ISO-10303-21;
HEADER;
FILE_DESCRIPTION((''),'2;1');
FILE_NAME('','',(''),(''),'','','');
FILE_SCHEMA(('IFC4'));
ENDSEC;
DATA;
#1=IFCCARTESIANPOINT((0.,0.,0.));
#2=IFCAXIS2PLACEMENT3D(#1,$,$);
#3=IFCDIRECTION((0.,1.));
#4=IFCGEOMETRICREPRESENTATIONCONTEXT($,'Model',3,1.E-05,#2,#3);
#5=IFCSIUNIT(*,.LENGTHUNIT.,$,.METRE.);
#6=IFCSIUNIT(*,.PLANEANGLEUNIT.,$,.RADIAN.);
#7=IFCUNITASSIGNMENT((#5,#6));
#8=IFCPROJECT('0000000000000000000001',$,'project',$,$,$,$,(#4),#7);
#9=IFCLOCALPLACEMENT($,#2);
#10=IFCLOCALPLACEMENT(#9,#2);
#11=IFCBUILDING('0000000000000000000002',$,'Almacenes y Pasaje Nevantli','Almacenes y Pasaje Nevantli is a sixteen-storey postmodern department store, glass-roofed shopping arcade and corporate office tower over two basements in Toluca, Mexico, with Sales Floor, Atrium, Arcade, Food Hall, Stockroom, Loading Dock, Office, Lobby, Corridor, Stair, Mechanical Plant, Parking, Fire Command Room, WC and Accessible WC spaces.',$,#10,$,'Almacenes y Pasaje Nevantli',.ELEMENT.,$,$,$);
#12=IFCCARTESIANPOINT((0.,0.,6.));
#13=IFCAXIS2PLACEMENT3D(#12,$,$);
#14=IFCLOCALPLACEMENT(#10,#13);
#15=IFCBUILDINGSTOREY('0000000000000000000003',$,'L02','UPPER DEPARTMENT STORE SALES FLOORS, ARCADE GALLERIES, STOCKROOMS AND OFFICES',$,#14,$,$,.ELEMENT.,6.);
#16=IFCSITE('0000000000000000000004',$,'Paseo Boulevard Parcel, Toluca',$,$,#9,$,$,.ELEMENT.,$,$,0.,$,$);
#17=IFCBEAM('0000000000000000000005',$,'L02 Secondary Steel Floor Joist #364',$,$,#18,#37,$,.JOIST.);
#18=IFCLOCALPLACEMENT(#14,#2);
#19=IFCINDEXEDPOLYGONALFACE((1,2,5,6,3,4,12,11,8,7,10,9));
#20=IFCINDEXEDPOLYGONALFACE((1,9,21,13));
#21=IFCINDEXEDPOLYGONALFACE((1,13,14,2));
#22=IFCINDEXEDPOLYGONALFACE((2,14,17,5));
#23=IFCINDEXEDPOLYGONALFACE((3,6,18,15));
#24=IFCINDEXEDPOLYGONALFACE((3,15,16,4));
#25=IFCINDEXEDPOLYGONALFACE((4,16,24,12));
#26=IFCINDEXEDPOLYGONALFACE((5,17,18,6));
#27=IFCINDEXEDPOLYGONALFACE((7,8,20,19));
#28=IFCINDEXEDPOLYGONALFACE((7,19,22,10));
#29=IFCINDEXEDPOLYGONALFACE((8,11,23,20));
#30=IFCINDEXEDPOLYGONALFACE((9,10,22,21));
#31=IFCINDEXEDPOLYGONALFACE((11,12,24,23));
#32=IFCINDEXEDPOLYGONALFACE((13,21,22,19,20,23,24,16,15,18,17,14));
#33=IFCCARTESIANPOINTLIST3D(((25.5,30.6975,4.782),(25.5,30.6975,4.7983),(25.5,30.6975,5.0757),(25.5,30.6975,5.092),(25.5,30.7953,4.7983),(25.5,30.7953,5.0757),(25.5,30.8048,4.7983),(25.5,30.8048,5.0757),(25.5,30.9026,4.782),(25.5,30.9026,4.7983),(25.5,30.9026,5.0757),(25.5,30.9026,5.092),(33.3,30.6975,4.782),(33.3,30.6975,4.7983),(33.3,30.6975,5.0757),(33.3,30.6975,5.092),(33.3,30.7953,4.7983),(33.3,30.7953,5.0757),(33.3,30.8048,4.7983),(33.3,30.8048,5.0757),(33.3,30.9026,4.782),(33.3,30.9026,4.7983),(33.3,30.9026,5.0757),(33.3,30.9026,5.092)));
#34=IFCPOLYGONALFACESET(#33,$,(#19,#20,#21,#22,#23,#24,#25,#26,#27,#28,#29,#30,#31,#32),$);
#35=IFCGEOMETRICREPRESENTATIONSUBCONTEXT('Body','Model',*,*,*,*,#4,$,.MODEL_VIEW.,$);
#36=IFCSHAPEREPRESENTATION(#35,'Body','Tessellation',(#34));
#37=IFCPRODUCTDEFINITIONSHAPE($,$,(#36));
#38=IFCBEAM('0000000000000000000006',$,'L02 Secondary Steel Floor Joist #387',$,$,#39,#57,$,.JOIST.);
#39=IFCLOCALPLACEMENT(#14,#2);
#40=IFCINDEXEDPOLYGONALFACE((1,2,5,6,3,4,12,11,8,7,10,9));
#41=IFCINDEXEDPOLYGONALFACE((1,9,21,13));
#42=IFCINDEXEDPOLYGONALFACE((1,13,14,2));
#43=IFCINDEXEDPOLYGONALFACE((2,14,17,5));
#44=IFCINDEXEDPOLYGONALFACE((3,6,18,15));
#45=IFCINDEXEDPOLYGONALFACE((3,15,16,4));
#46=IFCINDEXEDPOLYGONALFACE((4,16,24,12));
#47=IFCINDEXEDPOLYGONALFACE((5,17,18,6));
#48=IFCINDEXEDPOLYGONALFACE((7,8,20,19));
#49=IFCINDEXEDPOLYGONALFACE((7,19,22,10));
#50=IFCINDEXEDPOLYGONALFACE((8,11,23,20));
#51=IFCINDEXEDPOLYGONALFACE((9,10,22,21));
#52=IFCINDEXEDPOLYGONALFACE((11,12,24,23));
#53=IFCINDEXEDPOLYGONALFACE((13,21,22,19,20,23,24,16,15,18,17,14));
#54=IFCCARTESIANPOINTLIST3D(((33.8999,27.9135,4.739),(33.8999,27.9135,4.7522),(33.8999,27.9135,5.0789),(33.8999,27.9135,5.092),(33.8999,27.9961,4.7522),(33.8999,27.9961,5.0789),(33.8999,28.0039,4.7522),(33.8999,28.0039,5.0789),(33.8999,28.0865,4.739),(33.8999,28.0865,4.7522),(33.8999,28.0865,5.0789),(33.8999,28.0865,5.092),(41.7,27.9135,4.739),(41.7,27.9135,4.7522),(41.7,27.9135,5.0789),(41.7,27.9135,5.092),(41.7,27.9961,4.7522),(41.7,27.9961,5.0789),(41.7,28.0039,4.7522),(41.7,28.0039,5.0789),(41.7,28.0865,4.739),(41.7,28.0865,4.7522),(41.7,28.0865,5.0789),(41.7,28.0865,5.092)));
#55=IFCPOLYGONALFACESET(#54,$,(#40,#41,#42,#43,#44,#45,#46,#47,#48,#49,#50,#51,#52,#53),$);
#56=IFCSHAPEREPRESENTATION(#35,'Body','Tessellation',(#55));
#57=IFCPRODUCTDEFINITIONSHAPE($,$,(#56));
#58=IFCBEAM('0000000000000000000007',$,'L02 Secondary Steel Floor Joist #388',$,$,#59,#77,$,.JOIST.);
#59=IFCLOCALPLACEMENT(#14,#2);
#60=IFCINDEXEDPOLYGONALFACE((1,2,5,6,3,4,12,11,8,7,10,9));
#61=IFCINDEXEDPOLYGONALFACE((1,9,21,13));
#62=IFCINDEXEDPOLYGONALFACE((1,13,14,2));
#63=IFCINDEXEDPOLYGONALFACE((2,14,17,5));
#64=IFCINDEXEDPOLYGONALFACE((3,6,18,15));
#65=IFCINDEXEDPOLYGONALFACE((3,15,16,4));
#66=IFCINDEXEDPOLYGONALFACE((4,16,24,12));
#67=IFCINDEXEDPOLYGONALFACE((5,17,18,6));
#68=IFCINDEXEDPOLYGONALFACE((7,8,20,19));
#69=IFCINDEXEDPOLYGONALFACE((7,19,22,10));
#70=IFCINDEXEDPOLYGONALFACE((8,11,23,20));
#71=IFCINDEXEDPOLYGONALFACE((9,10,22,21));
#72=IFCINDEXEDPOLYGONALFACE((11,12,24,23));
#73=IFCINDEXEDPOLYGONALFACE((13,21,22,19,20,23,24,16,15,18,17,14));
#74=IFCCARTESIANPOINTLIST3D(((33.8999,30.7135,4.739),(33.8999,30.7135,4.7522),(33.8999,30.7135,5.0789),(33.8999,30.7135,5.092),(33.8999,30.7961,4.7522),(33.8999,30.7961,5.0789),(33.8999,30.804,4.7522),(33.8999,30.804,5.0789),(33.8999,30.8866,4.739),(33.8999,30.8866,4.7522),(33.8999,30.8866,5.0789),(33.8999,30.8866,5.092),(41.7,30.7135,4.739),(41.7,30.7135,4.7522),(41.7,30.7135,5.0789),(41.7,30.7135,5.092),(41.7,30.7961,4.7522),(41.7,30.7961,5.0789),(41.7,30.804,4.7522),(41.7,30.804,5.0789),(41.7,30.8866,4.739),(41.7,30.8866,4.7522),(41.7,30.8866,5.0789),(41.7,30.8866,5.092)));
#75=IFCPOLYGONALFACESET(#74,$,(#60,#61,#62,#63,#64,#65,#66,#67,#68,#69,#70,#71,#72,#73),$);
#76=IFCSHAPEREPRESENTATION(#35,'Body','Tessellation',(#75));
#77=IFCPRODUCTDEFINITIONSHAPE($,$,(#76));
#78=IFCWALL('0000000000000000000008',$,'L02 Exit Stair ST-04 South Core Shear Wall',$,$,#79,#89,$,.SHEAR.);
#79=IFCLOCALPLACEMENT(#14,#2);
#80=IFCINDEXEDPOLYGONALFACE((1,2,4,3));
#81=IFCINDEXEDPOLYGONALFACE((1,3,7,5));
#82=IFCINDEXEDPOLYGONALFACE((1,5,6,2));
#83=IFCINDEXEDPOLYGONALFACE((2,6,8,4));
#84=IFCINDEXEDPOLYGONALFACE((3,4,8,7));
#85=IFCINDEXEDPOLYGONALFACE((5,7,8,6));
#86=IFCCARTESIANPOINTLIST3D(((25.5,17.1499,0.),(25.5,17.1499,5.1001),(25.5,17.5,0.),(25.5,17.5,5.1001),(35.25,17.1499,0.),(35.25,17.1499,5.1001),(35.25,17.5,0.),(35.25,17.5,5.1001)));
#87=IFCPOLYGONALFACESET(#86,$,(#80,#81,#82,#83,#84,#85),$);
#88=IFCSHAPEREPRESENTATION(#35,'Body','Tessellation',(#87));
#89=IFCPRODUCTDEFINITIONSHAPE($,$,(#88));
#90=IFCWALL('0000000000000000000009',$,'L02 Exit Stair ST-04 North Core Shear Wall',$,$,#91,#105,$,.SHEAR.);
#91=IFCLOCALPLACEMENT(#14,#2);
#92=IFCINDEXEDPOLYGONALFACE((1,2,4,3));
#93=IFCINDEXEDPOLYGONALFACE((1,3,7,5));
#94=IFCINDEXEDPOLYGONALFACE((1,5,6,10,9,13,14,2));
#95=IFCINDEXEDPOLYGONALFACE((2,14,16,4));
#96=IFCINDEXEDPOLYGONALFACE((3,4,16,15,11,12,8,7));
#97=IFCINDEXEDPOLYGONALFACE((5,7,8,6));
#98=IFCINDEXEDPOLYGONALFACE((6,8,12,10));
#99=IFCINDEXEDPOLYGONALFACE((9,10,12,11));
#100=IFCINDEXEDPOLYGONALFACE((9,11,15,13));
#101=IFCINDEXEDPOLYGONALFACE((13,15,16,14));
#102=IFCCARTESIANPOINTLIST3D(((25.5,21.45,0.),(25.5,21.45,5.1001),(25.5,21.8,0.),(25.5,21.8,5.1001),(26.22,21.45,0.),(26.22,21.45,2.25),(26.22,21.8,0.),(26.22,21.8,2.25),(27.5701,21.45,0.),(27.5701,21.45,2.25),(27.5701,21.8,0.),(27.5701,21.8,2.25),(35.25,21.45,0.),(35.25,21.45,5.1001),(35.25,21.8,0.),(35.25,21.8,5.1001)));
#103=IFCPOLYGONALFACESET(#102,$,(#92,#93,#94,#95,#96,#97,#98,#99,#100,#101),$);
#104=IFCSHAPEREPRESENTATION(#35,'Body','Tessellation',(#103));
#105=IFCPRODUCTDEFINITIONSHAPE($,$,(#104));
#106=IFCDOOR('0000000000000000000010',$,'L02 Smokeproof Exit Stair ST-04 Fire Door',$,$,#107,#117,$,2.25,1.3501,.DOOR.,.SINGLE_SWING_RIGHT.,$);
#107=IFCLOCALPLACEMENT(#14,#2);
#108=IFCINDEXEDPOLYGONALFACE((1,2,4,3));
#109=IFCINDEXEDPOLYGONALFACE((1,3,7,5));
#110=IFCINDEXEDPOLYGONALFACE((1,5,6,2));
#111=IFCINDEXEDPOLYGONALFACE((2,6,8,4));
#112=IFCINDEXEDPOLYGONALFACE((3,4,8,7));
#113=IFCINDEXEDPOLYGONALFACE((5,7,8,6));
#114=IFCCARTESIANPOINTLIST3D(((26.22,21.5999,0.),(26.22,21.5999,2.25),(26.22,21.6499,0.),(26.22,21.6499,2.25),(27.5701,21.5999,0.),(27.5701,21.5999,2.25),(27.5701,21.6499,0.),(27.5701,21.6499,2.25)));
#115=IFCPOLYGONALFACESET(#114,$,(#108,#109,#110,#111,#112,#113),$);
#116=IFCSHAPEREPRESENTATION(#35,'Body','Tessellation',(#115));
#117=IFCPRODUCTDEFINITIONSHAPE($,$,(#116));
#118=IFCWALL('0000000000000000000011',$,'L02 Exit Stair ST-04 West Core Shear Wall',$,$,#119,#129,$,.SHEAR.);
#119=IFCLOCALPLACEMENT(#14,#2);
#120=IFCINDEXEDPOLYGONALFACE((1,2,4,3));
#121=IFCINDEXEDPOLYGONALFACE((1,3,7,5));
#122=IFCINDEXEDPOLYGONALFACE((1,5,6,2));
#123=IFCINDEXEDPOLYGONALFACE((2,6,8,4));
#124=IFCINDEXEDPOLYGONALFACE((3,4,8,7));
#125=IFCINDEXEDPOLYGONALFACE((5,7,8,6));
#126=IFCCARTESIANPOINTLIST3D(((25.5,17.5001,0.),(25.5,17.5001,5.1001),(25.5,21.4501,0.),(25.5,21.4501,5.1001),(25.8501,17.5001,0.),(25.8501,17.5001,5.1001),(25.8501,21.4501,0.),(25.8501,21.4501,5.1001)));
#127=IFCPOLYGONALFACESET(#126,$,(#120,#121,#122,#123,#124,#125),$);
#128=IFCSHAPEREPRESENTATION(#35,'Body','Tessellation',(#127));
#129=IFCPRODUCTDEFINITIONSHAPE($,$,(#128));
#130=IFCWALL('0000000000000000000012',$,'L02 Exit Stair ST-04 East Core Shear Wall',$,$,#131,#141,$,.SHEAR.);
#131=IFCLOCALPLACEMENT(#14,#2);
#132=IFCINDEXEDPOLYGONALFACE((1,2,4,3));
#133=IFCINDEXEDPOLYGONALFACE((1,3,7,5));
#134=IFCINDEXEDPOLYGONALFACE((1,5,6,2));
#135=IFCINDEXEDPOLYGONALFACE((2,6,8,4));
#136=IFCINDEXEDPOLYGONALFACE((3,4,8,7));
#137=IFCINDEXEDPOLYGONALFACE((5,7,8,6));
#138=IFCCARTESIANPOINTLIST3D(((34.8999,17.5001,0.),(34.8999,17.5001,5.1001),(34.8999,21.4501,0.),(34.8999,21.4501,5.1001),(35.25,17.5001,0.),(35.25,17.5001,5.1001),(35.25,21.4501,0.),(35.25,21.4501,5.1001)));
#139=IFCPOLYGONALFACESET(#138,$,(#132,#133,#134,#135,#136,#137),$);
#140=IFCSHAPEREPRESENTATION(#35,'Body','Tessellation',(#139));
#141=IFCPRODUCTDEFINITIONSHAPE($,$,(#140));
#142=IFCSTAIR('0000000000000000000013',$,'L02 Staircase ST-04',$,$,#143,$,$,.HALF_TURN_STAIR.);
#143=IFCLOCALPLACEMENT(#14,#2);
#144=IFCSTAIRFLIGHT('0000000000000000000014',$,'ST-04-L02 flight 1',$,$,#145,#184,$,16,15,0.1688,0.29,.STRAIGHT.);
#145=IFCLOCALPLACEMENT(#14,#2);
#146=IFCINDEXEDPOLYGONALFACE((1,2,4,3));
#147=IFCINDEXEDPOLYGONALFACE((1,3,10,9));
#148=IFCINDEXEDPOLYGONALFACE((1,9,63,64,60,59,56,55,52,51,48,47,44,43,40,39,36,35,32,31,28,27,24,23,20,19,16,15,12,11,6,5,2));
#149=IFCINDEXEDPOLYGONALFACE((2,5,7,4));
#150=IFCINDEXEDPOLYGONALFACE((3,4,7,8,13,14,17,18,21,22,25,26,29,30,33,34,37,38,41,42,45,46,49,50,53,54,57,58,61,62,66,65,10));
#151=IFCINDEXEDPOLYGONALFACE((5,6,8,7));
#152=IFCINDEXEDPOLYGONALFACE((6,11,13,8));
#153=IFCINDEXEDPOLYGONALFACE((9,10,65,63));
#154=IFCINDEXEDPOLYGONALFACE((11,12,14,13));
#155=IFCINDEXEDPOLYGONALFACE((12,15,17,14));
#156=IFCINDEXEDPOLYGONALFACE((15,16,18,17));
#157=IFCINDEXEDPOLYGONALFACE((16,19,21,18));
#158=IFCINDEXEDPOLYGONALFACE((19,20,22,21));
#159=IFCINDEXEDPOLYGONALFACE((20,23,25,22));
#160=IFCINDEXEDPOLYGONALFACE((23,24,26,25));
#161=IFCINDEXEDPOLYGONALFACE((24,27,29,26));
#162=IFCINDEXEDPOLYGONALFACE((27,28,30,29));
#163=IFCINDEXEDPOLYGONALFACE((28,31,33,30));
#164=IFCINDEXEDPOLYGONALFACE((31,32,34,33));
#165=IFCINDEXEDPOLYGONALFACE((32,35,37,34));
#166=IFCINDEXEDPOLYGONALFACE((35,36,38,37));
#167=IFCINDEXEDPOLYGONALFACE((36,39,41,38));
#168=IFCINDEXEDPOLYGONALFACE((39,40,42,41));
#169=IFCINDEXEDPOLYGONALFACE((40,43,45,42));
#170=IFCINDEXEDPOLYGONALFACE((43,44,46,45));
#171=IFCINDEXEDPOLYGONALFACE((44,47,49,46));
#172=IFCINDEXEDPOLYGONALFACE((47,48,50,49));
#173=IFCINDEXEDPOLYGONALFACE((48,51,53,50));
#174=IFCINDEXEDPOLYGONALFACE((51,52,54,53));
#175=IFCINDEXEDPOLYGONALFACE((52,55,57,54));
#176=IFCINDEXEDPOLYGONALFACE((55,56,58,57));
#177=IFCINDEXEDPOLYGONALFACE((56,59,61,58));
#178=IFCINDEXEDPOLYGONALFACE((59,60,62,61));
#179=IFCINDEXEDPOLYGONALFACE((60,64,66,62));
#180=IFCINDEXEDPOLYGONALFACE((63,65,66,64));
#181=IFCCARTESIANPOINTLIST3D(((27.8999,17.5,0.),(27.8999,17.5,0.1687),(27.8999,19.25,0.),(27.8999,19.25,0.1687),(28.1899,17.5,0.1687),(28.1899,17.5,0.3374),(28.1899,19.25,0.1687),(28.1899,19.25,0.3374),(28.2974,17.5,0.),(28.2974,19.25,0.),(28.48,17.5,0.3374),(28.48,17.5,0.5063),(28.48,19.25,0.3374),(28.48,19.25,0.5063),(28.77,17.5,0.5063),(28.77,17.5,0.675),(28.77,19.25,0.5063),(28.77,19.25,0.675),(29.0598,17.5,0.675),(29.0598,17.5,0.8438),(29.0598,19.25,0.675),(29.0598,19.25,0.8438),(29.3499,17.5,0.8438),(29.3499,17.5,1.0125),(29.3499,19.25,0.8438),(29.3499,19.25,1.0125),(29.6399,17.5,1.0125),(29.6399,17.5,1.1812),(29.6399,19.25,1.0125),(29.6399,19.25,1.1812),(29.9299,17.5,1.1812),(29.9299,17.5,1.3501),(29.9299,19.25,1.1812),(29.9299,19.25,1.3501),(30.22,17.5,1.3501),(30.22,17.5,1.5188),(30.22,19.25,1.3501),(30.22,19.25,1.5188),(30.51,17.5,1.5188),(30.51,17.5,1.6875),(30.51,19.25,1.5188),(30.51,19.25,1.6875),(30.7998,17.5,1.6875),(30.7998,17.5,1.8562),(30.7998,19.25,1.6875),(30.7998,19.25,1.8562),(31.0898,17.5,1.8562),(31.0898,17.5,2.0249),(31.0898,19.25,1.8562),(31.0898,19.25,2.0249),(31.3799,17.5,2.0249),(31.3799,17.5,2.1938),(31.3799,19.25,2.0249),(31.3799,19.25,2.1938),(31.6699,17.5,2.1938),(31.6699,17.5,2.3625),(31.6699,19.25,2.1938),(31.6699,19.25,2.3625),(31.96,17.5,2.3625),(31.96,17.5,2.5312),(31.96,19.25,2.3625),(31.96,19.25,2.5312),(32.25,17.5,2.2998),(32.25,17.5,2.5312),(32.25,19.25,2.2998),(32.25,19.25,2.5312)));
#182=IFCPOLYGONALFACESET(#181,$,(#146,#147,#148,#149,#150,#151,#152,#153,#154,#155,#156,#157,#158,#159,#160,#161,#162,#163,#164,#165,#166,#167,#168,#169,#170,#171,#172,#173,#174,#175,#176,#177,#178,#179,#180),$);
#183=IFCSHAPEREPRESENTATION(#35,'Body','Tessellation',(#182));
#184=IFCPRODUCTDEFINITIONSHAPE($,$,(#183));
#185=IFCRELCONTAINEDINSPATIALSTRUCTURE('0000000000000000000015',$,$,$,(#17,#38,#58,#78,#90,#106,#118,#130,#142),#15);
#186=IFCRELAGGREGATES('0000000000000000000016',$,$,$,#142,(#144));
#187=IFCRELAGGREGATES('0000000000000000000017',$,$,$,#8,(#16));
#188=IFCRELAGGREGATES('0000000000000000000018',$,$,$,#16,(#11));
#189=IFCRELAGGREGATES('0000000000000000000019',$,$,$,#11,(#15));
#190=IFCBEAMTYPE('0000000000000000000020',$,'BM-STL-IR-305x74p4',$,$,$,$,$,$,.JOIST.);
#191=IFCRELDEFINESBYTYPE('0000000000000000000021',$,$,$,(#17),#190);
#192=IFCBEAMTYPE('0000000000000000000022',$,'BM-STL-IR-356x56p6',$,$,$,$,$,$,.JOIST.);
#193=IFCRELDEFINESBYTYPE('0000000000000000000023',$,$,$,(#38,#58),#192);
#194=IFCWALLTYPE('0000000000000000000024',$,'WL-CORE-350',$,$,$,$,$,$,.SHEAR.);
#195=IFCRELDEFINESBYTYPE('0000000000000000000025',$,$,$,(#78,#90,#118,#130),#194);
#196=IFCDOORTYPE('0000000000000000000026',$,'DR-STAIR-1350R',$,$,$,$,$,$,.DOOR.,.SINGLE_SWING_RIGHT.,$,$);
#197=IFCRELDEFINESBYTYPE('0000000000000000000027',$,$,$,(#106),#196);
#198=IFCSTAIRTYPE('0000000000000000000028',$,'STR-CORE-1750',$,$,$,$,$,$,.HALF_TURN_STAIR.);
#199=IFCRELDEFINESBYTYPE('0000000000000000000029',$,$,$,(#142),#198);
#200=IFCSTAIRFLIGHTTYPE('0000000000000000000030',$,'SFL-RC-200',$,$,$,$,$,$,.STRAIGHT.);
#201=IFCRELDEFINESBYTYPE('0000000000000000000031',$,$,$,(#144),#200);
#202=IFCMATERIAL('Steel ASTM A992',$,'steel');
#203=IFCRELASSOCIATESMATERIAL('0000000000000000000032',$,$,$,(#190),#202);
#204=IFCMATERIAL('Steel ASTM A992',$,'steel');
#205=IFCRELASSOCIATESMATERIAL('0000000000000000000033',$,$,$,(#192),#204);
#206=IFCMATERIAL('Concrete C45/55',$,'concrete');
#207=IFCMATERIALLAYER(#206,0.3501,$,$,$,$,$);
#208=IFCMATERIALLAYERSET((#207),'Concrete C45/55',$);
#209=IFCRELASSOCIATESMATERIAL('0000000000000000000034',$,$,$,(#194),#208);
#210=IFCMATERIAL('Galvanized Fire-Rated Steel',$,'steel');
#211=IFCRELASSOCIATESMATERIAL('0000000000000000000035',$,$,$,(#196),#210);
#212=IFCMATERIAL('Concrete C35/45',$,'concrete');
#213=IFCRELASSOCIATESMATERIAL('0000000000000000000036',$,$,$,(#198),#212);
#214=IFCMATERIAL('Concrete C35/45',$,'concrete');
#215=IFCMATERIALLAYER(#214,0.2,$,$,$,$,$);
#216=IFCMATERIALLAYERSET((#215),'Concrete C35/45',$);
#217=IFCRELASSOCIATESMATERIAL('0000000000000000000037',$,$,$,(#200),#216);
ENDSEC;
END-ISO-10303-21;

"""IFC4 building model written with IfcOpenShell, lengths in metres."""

from ifc_helpers import new_model, si_unit, direction, frame, frame_2d, origin, origin_2d, place, context, subcontext, project, spatial, polyline, rectangle, i_section, outline, extrude, material, layer, layer_set, material_profile, profile_set, type_object, element, fill, aggregate, save


model = new_model("IFC4")

# Units and contexts
model_context = context("Model", 3, precision=1e-05, world=origin(), true_north=direction((0.0, 1.0)))
body_context = subcontext(model_context, "Body", "Model", "MODEL_VIEW")
ifc_project = project(units=[si_unit("LENGTHUNIT", "METRE"), si_unit("PLANEANGLEUNIT", "RADIAN")], contexts=[model_context])

# Site, building, storey
site_placement = place(None, origin())
site = spatial("IfcSite", under=ifc_project, at=site_placement, Name="Paseo Boulevard Parcel, Toluca", CompositionType="ELEMENT", RefElevation=0.0)
building_placement = place(site_placement, origin())
building = spatial("IfcBuilding", under=site, at=building_placement, Name="Almacenes y Pasaje Nevantli", Description="Almacenes y Pasaje Nevantli is a sixteen-storey postmodern department store, glass-roofed shopping arcade and corporate office tower over two basements in Toluca, Mexico, with Sales Floor, Atrium, Arcade, Food Hall, Stockroom, Loading Dock, Office, Lobby, Corridor, Stair, Mechanical Plant, Parking, Fire Command Room, WC and Accessible WC spaces.", LongName="Almacenes y Pasaje Nevantli", CompositionType="ELEMENT")
storey_placement = place(building_placement, frame((0.0, 0.0, 6.0)))
storey = spatial("IfcBuildingStorey", under=building, at=storey_placement, Name="L02", Description="UPPER DEPARTMENT STORE SALES FLOORS, ARCADE GALLERIES, STOCKROOMS AND OFFICES", CompositionType="ELEMENT", Elevation=6.0)

# Beams
ifc_material_1 = material(Name="Steel ASTM A992", Category="steel")
ifc_material_profile_1 = material_profile(ifc_material_1, i_section(OverallWidth=0.2051, OverallDepth=0.3101, WebThickness=0.0095, FlangeThickness=0.0164, at=origin_2d()), Name="IR 305x74.4")
ifc_profile_set_1 = profile_set([ifc_material_profile_1], Name="Steel ASTM A992")
beam_type_1 = type_object("IfcBeamType", Name="BM-STL-IR-305x74p4", PredefinedType="JOIST", material=ifc_profile_set_1)
for number, where, z_axis, x_axis, name in (
    (1, (25.5, 30.8, 4.937), (1.0, 0.0, 0.0), (0.0, 1.0, 0.0), "L02 Secondary Steel Floor Joist #364"),
):
    element("IfcBeam", number, at=place(storey_placement, frame(where, z_axis=z_axis, x_axis=x_axis)), inside=storey, type_object=beam_type_1, Name=name, PredefinedType="JOIST", context=body_context, shape_type="SweptSolid", body=[
        extrude(i_section(OverallWidth=0.2051, OverallDepth=0.3101, WebThickness=0.0095, FlangeThickness=0.0164, at=origin_2d()), origin(), (0.0, 0.0, 1.0), 7.8),
    ])
ifc_material_2 = material(Name="Steel ASTM A992", Category="steel")
ifc_material_profile_2 = material_profile(ifc_material_2, i_section(OverallWidth=0.1731, OverallDepth=0.353, WebThickness=0.0078, FlangeThickness=0.0132, at=origin_2d()), Name="IR 356x56.6")
ifc_profile_set_2 = profile_set([ifc_material_profile_2], Name="Steel ASTM A992")
beam_type_2 = type_object("IfcBeamType", Name="BM-STL-IR-356x56p6", PredefinedType="JOIST", material=ifc_profile_set_2)
for number, where, z_axis, x_axis, name in (
    (2, (33.8999, 28.0, 4.9155), (1.0, 0.0, 0.0), (0.0, 1.0, 0.0), "L02 Secondary Steel Floor Joist #387"),
    (3, (33.8999, 30.8, 4.9155), (1.0, 0.0, 0.0), (0.0, 1.0, 0.0), "L02 Secondary Steel Floor Joist #388"),
):
    element("IfcBeam", number, at=place(storey_placement, frame(where, z_axis=z_axis, x_axis=x_axis)), inside=storey, type_object=beam_type_2, Name=name, PredefinedType="JOIST", context=body_context, shape_type="SweptSolid", body=[
        extrude(i_section(OverallWidth=0.1731, OverallDepth=0.353, WebThickness=0.0078, FlangeThickness=0.0132, at=origin_2d()), origin(), (0.0, 0.0, 1.0), 7.8),
    ])

# Wall
ifc_material_3 = material(Name="Concrete C45/55", Category="concrete")
ifc_layer_1 = layer(ifc_material_3, 0.3501)
ifc_layer_set_1 = layer_set([ifc_layer_1], Name="Concrete C45/55")
wall_type = type_object("IfcWallType", Name="WL-CORE-350", PredefinedType="SHEAR", material=ifc_layer_set_1)
wall_1_placement = place(storey_placement, frame((25.5, 17.325, 0.0), z_axis=(0.0, 0.0, 1.0), x_axis=(1.0, 0.0, 0.0)))
element("IfcWall", 4, at=wall_1_placement, inside=storey, type_object=wall_type, Name="L02 Exit Stair ST-04 South Core Shear Wall", PredefinedType="SHEAR", context=body_context, shape_type="SweptSolid", body=[
    extrude(rectangle(XDim=9.75, YDim=0.3501, at=frame_2d((4.875, 0.0))), origin(), (0.0, 0.0, 1.0), 5.1001),
])

# Wall, opening, door
wall_2_placement = place(storey_placement, frame((25.5, 21.625, 0.0), z_axis=(0.0, 0.0, 1.0), x_axis=(1.0, 0.0, 0.0)))
wall_2 = element("IfcWall", 5, at=wall_2_placement, inside=storey, type_object=wall_type, Name="L02 Exit Stair ST-04 North Core Shear Wall", PredefinedType="SHEAR", context=body_context, shape_type="SweptSolid", body=[
    extrude(rectangle(XDim=9.75, YDim=0.3501, at=frame_2d((4.875, 0.0))), origin(), (0.0, 0.0, 1.0), 5.1001),
])
opening_placement = place(wall_2_placement, frame((0.72, 0.0, 0.0)))
opening = element("IfcOpeningElement", 6, at=opening_placement, cuts=wall_2, PredefinedType="OPENING", context=body_context, shape_type="SweptSolid", body=[
    extrude(rectangle(XDim=1.3501, YDim=2.25, at=frame_2d((0.675, 1.125))), frame((0.0, 0.1851, 0.0), z_axis=(0.0, -1.0, 0.0), x_axis=(1.0, 0.0, 0.0)), (0.0, 0.0, 1.0), 0.3701),
])
ifc_material_4 = material(Name="Galvanized Fire-Rated Steel", Category="steel")
door_type = type_object("IfcDoorType", Name="DR-STAIR-1350R", OperationType="SINGLE_SWING_RIGHT", PredefinedType="DOOR", material=ifc_material_4)
door_placement = place(opening_placement, origin())
door = element("IfcDoor", 7, at=door_placement, inside=storey, type_object=door_type, Name="L02 Smokeproof Exit Stair ST-04 Fire Door", OperationType="SINGLE_SWING_RIGHT", OverallHeight=2.25, OverallWidth=1.3501, PredefinedType="DOOR", context=body_context, shape_type="SweptSolid", body=[
    extrude(rectangle(XDim=1.3501, YDim=2.25, at=frame_2d((0.675, 1.125))), frame((0.0, 0.0249, 0.0), z_axis=(0.0, -1.0, 0.0), x_axis=(1.0, 0.0, 0.0)), (0.0, 0.0, 1.0), 0.05),
])
fill(opening, door)

# Walls
for number, where, z_axis, x_axis, name in (
    (8, (25.675, 17.5, 0.0), (0.0, 0.0, 1.0), (0.0, 1.0, 0.0), "L02 Exit Stair ST-04 West Core Shear Wall"),
    (9, (35.075, 17.5, 0.0), (0.0, 0.0, 1.0), (0.0, 1.0, 0.0), "L02 Exit Stair ST-04 East Core Shear Wall"),
):
    element("IfcWall", number, at=place(storey_placement, frame(where, z_axis=z_axis, x_axis=x_axis)), inside=storey, type_object=wall_type, Name=name, PredefinedType="SHEAR", context=body_context, shape_type="SweptSolid", body=[
        extrude(rectangle(XDim=3.95, YDim=0.3501, at=frame_2d((1.9751, 0.0))), origin(), (0.0, 0.0, 1.0), 5.1001),
    ])

# Stair, stair flight
ifc_material_5 = material(Name="Concrete C35/45", Category="concrete")
stair_type = type_object("IfcStairType", Name="STR-CORE-1750", PredefinedType="HALF_TURN_STAIR", material=ifc_material_5)
stair_placement = place(storey_placement, origin())
stair = element("IfcStair", 10, at=stair_placement, inside=storey, type_object=stair_type, Name="L02 Staircase ST-04", PredefinedType="HALF_TURN_STAIR")
ifc_material_6 = material(Name="Concrete C35/45", Category="concrete")
ifc_layer_2 = layer(ifc_material_6, 0.2)
ifc_layer_set_2 = layer_set([ifc_layer_2], Name="Concrete C35/45")
stair_flight_type = type_object("IfcStairFlightType", Name="SFL-RC-200", PredefinedType="STRAIGHT", material=ifc_layer_set_2)
stair_flight_1_placement = place(storey_placement, frame((27.8999, 18.375, 0.0), z_axis=(0.0, 0.0, 1.0), x_axis=(1.0, 0.0, 0.0)))
stair_flight_1 = element("IfcStairFlight", 11, at=stair_flight_1_placement, type_object=stair_flight_type, Name="ST-04-L02 flight 1", NumberOfRisers=16, NumberOfTreads=15, PredefinedType="STRAIGHT", RiserHeight=0.1688, TreadLength=0.29, context=body_context, shape_type="SweptSolid", body=[
    extrude(outline(polyline([(0.0, 0.0), (0.0, 0.1687), (0.29, 0.1687), (0.29, 0.3374), (0.5801, 0.3374), (0.5801, 0.5063), (0.8701, 0.5063), (0.8701, 0.675), (1.1599, 0.675), (1.1599, 0.8438), (1.45, 0.8438), (1.45, 1.0125), (1.74, 1.0125), (1.74, 1.1812), (2.03, 1.1812), (2.03, 1.3501), (2.3201, 1.3501), (2.3201, 1.5188), (2.6101, 1.5188), (2.6101, 1.6875), (2.8999, 1.6875), (2.8999, 1.8562), (3.1899, 1.8562), (3.1899, 2.0249), (3.48, 2.0249), (3.48, 2.1938), (3.77, 2.1938), (3.77, 2.3625), (4.0601, 2.3625), (4.0601, 2.5312), (4.3501, 2.5312), (4.3501, 2.7), (4.3501, 2.2998), (0.3975, 0.0), (0.0, 0.0)])), frame((0.0, 0.875, 0.0), z_axis=(0.0, -1.0, 0.0), x_axis=(1.0, 0.0, 0.0)), (0.0, 0.0, 1.0), 1.75),
])
aggregate(stair, [stair_flight_1])

save(model, "model.ifc")
